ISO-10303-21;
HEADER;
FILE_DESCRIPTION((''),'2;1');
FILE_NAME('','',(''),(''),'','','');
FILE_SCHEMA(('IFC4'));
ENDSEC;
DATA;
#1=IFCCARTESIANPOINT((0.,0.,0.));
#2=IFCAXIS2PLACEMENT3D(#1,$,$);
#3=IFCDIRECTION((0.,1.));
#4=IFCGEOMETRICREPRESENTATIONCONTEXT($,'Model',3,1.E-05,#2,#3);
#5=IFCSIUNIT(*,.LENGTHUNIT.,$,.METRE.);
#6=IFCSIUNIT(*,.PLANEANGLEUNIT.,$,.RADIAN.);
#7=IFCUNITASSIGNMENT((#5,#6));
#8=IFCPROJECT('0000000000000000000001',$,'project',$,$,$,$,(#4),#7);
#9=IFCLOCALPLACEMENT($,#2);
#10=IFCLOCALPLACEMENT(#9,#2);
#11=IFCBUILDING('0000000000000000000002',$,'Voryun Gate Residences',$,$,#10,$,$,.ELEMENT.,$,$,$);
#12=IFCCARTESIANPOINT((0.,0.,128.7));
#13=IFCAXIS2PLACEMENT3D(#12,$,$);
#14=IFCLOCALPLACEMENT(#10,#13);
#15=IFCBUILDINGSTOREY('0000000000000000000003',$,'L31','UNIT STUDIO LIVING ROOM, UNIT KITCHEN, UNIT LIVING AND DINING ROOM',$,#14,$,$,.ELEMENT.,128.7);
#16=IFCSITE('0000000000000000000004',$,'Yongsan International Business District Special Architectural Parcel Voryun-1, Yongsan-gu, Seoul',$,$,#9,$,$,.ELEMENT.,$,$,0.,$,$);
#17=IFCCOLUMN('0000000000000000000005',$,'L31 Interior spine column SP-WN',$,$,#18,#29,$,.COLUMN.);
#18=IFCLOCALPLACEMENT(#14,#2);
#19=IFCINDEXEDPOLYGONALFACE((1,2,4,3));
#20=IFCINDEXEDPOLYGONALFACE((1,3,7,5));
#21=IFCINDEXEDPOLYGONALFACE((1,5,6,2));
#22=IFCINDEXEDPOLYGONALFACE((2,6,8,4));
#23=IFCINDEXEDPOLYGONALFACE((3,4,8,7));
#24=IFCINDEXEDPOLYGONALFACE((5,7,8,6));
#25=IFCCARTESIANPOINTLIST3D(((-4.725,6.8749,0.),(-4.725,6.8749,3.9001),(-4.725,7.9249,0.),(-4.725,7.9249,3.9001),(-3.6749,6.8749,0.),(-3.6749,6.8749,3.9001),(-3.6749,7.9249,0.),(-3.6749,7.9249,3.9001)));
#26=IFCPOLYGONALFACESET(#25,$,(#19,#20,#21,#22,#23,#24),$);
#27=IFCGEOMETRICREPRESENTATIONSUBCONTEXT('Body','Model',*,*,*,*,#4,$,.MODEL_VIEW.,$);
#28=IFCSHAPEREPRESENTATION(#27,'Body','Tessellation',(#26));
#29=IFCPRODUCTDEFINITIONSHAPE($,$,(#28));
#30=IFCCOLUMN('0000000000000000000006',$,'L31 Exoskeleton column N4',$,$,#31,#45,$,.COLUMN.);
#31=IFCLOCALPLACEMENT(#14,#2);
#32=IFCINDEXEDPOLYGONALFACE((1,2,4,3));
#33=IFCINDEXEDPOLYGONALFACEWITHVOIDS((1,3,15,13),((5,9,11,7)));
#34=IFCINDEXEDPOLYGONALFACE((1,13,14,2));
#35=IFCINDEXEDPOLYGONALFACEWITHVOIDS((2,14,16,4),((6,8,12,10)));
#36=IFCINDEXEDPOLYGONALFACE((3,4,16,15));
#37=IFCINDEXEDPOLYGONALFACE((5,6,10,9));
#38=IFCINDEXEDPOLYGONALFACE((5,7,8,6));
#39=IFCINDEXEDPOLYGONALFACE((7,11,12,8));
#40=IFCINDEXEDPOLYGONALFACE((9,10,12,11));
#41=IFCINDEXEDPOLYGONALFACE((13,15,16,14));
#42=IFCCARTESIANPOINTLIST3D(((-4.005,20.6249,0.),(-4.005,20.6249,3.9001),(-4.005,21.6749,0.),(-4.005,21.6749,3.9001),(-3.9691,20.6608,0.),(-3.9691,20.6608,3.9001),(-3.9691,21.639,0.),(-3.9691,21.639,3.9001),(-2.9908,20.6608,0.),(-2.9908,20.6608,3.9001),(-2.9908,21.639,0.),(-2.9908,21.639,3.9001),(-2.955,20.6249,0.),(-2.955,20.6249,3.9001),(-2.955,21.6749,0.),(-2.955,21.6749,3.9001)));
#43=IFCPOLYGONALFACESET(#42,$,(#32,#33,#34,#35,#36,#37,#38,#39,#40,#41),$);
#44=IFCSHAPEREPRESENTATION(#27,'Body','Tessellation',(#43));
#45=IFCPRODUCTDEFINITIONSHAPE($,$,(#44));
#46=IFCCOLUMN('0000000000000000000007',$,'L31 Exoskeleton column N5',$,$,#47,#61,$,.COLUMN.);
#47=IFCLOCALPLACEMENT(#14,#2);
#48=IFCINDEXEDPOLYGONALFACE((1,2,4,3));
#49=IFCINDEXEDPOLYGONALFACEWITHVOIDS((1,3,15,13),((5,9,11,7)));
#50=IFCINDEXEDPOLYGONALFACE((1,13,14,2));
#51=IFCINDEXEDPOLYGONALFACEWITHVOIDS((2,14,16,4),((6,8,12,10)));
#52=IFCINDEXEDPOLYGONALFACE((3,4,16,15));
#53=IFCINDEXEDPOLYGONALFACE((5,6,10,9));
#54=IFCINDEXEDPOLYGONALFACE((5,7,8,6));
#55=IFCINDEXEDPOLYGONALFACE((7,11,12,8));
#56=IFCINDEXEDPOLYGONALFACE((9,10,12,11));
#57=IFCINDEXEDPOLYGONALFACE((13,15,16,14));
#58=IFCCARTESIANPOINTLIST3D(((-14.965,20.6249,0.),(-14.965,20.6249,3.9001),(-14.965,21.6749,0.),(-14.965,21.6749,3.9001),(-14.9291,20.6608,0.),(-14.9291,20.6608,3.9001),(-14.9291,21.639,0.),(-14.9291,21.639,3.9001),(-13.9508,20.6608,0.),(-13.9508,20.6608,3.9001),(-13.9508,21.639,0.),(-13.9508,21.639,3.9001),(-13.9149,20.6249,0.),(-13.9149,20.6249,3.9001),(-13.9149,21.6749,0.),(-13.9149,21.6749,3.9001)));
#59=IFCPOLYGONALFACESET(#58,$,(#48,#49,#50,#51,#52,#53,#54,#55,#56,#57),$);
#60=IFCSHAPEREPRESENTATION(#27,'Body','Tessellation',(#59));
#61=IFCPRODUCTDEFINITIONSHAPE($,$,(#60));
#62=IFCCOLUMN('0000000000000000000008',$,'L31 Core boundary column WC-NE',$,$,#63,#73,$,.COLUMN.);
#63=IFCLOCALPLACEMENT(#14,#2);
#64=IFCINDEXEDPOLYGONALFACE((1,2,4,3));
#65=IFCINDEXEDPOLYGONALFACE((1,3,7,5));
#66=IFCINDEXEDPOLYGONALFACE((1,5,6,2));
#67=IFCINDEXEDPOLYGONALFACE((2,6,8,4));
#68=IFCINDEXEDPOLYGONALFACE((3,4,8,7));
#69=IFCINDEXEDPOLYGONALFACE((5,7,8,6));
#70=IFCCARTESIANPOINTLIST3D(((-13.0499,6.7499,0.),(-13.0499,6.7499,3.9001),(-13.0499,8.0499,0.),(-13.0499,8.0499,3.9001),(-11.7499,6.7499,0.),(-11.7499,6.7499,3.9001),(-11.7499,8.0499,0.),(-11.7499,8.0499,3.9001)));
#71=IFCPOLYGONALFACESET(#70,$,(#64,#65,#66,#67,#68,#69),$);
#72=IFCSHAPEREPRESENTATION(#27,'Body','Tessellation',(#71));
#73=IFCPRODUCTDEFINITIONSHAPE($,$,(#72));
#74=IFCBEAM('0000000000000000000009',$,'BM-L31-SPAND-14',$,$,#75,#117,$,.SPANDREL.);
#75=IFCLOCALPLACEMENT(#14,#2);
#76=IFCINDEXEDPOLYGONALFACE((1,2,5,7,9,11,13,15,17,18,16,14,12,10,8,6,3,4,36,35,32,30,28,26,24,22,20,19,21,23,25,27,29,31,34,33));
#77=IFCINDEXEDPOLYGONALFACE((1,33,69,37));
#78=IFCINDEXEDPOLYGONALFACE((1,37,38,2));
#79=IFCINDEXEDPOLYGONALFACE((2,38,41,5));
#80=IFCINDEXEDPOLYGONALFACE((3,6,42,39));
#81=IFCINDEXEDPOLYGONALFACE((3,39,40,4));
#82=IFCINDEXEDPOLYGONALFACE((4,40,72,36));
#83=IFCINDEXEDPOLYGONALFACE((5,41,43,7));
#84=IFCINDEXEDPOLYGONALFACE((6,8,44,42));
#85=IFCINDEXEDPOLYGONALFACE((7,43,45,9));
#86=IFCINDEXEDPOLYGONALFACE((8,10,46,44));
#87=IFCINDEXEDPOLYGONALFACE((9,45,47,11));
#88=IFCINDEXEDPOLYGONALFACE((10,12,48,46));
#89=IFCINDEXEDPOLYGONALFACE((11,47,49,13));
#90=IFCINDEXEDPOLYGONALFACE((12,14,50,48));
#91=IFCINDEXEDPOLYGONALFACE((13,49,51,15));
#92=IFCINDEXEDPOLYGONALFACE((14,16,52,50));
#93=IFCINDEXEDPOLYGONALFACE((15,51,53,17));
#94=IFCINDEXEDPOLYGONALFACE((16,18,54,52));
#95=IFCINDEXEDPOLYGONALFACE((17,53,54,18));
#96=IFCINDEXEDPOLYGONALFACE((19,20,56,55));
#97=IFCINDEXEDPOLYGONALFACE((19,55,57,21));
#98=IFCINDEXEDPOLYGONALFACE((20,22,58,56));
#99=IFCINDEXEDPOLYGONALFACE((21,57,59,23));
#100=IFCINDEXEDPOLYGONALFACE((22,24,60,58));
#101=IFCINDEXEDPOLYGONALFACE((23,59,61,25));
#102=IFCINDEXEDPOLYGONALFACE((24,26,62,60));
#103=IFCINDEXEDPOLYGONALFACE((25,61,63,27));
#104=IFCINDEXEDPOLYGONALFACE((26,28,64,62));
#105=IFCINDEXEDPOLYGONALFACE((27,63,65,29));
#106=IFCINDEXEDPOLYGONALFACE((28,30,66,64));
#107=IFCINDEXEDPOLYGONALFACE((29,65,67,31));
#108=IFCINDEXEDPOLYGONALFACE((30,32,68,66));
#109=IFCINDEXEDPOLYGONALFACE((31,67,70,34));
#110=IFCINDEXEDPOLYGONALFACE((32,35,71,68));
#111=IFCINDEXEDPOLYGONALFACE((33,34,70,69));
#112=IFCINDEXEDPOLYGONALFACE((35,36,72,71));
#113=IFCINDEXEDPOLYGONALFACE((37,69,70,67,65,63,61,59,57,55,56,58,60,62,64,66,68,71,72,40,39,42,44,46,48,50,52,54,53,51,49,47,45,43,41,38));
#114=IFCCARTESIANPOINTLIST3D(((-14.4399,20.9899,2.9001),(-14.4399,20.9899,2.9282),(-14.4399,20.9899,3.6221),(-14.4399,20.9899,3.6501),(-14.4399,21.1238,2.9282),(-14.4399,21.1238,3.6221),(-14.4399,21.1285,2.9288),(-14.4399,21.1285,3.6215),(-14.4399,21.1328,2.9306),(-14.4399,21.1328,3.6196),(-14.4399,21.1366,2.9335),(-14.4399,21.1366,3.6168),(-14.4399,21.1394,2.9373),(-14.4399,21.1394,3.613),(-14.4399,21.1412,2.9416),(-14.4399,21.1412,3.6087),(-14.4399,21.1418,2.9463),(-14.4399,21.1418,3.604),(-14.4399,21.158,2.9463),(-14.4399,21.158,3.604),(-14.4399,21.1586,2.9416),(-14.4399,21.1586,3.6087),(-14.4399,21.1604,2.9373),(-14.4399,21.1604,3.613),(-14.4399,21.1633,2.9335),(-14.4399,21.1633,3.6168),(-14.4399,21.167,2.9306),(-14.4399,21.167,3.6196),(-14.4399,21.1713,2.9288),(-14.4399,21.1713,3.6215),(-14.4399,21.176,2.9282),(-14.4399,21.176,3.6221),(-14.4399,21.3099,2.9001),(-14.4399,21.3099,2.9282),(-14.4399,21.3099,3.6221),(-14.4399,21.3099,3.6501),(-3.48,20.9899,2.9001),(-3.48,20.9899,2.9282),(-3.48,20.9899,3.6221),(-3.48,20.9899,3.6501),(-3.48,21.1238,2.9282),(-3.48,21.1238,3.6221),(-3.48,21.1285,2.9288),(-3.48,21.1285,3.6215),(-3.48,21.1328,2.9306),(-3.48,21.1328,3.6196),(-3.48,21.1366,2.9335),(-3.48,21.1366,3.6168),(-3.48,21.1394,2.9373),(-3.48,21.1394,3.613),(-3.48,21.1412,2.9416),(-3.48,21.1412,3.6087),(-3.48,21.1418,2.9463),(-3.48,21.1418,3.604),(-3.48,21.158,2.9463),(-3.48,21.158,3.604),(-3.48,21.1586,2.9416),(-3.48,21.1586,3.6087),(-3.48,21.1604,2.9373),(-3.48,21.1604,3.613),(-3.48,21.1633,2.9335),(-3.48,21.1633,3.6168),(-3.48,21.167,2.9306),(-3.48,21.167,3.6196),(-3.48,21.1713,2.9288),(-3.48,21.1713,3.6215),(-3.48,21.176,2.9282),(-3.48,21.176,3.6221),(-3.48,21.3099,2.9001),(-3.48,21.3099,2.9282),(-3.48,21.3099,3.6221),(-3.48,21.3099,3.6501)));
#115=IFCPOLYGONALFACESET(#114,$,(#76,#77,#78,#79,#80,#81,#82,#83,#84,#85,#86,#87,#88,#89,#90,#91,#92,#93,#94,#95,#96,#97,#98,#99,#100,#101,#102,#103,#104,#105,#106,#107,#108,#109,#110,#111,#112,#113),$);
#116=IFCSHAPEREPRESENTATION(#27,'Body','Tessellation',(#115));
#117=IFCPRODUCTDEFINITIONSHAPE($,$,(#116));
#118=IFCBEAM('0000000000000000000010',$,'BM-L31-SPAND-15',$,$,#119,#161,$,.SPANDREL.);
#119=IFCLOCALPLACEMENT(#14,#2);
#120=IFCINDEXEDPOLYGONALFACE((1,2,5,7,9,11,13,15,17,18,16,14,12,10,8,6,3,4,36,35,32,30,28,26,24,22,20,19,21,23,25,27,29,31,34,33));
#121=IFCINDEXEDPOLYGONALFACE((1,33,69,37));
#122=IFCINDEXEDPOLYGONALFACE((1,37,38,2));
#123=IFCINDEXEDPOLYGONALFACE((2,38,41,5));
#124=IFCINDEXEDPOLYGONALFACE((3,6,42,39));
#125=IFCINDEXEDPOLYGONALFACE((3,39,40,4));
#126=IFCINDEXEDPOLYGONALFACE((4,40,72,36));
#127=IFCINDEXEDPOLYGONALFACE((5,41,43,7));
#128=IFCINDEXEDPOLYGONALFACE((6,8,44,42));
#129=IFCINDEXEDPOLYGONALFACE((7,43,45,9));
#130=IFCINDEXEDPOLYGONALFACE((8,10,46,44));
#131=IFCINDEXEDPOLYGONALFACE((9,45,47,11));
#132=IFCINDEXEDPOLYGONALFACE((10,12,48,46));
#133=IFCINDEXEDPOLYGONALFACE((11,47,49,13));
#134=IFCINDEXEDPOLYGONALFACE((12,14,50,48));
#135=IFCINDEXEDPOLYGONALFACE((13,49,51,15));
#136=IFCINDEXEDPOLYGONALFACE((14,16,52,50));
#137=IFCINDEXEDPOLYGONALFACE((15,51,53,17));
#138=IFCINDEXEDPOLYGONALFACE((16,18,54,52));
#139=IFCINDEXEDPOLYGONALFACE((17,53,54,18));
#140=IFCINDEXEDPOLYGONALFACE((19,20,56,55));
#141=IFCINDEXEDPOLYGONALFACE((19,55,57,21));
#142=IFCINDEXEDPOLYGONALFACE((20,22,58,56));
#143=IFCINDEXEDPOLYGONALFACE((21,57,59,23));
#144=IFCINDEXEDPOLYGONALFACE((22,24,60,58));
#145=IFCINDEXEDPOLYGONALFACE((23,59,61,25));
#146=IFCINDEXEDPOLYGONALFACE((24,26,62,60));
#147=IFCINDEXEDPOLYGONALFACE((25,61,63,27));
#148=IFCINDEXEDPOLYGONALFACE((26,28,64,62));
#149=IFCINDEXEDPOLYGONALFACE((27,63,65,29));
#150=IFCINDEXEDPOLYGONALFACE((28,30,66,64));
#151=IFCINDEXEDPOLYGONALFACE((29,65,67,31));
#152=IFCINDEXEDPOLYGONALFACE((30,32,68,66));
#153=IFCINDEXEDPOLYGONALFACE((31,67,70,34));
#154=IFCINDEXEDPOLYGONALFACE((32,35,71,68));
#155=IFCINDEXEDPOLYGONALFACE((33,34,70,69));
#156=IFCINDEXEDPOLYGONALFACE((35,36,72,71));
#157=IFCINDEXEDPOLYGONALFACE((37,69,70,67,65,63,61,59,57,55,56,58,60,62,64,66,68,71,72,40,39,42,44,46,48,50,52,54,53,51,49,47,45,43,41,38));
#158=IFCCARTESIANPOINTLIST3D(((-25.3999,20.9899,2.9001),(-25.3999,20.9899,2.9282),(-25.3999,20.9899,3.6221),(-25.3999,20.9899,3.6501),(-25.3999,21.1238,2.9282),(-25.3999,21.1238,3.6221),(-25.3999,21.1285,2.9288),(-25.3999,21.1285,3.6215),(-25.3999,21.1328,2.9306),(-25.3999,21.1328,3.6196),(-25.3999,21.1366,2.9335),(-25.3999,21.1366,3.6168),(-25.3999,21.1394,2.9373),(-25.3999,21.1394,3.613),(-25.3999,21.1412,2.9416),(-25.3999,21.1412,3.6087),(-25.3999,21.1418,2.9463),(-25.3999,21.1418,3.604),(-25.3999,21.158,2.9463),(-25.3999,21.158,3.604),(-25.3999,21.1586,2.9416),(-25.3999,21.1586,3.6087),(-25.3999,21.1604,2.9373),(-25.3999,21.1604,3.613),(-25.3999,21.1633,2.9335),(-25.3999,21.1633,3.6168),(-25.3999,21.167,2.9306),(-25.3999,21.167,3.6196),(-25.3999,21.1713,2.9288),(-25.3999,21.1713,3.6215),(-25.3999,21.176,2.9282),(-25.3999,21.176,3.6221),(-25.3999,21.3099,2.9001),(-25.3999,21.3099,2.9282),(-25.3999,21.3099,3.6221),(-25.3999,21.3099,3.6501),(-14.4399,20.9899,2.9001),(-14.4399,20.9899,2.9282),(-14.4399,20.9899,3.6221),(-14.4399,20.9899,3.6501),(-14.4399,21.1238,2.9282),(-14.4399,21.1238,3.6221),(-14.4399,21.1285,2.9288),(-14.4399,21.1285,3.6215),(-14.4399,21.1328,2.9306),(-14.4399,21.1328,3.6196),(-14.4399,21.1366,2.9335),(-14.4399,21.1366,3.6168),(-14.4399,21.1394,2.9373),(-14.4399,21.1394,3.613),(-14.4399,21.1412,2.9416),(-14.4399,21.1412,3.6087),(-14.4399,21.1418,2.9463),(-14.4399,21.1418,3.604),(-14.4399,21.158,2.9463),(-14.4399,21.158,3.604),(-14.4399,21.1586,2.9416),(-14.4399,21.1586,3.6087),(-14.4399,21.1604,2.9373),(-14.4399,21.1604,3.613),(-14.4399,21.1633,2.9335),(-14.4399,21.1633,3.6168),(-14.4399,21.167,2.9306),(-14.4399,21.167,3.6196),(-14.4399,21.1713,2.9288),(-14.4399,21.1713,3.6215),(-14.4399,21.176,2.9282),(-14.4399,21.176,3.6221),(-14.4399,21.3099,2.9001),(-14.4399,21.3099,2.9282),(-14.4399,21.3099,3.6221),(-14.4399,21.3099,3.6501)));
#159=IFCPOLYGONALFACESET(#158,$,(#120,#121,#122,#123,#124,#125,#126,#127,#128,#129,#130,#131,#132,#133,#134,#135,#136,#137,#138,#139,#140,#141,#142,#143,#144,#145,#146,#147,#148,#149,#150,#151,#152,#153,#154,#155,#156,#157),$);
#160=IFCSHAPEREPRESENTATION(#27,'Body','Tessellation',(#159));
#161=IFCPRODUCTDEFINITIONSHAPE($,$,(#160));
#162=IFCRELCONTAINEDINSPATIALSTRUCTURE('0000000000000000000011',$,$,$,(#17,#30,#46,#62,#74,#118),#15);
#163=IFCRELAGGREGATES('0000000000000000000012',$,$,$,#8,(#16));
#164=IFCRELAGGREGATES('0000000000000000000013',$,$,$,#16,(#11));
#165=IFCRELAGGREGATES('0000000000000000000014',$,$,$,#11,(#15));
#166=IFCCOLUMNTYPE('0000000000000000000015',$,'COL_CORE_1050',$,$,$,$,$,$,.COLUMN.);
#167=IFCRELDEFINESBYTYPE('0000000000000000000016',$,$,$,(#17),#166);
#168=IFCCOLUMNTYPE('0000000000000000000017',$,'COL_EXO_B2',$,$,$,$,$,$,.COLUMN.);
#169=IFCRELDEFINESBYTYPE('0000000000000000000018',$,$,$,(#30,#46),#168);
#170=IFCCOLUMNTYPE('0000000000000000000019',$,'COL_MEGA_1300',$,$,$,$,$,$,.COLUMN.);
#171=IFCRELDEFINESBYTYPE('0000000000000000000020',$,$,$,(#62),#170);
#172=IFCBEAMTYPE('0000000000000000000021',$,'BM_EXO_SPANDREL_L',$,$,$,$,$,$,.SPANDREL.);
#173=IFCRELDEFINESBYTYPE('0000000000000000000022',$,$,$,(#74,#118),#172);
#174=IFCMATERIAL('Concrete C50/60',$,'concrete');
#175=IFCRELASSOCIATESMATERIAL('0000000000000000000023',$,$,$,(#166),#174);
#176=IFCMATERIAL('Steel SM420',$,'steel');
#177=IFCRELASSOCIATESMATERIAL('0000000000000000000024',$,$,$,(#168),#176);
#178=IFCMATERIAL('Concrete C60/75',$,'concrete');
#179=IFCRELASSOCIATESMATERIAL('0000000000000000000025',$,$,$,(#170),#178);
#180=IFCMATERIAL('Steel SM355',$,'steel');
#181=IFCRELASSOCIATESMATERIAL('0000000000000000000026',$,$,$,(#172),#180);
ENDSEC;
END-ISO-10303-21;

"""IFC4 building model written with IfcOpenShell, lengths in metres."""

from ifc_helpers import new_model, si_unit, direction, frame, origin, origin_2d, place, context, subcontext, project, spatial, rectangle, hollow_rectangle, i_section, extrude, material, material_profile, profile_set, type_object, element, save


model = new_model("IFC4")

# Units and contexts
model_context = context("Model", 3, precision=1e-05, world=origin(), true_north=direction((0.0, 1.0)))
body_context = subcontext(model_context, "Body", "Model", "MODEL_VIEW")
ifc_project = project(units=[si_unit("LENGTHUNIT", "METRE"), si_unit("PLANEANGLEUNIT", "RADIAN")], contexts=[model_context])

# Site, building, storey
site_placement = place(None, origin())
site = spatial("IfcSite", under=ifc_project, at=site_placement, Name="Yongsan International Business District Special Architectural Parcel Voryun-1, Yongsan-gu, Seoul", CompositionType="ELEMENT", RefElevation=0.0)
building_placement = place(site_placement, origin())
building = spatial("IfcBuilding", under=site, at=building_placement, Name="Voryun Gate Residences", CompositionType="ELEMENT")
storey_placement = place(building_placement, frame((0.0, 0.0, 128.7)))
storey = spatial("IfcBuildingStorey", under=building, at=storey_placement, Name="L31", Description="UNIT STUDIO LIVING ROOM, UNIT KITCHEN, UNIT LIVING AND DINING ROOM", CompositionType="ELEMENT", Elevation=128.7)

# Columns
ifc_material_1 = material(Name="Concrete C50/60", Category="concrete")
ifc_material_profile_1 = material_profile(ifc_material_1, rectangle(XDim=1.05, YDim=1.05, at=origin_2d()), Name="RC-1050x1050")
ifc_profile_set_1 = profile_set([ifc_material_profile_1], Name="Concrete C50/60")
column_type_1 = type_object("IfcColumnType", Name="COL_CORE_1050", PredefinedType="COLUMN", material=ifc_profile_set_1)
column_1_placement = place(storey_placement, frame((-4.2, 7.3999, 0.0), z_axis=(0.0, 0.0, 1.0), x_axis=(1.0, 0.0, 0.0)))
element("IfcColumn", 1, at=column_1_placement, inside=storey, type_object=column_type_1, Name="L31 Interior spine column SP-WN", PredefinedType="COLUMN", context=body_context, shape_type="SweptSolid", body=[
    extrude(rectangle(XDim=1.05, YDim=1.05, at=origin_2d()), origin(), (0.0, 0.0, 1.0), 3.9001),
])
ifc_material_2 = material(Name="Steel SM420", Category="steel")
ifc_material_profile_2 = material_profile(ifc_material_2, hollow_rectangle(XDim=1.05, YDim=1.05, WallThickness=0.0359, at=origin_2d()), Name="BOX-1050x1050x36")
ifc_profile_set_2 = profile_set([ifc_material_profile_2], Name="Steel SM420")
column_type_2 = type_object("IfcColumnType", Name="COL_EXO_B2", PredefinedType="COLUMN", material=ifc_profile_set_2)
for number, where, z_axis, x_axis, name in (
    (2, (-3.48, 21.1499, 0.0), (0.0, 0.0, 1.0), (1.0, 0.0, 0.0), "L31 Exoskeleton column N4"),
    (3, (-14.4399, 21.1499, 0.0), (0.0, 0.0, 1.0), (1.0, 0.0, 0.0), "L31 Exoskeleton column N5"),
):
    element("IfcColumn", number, at=place(storey_placement, frame(where, z_axis=z_axis, x_axis=x_axis)), inside=storey, type_object=column_type_2, Name=name, PredefinedType="COLUMN", context=body_context, shape_type="SweptSolid", body=[
        extrude(hollow_rectangle(XDim=1.05, YDim=1.05, WallThickness=0.0359, at=origin_2d()), origin(), (0.0, 0.0, 1.0), 3.9001),
    ])
ifc_material_3 = material(Name="Concrete C60/75", Category="concrete")
ifc_material_profile_3 = material_profile(ifc_material_3, rectangle(XDim=1.3, YDim=1.3, at=origin_2d()), Name="RC-1300x1300")
ifc_profile_set_3 = profile_set([ifc_material_profile_3], Name="Concrete C60/75")
column_type_3 = type_object("IfcColumnType", Name="COL_MEGA_1300", PredefinedType="COLUMN", material=ifc_profile_set_3)
column_2_placement = place(storey_placement, frame((-12.3999, 7.3999, 0.0), z_axis=(0.0, 0.0, 1.0), x_axis=(1.0, 0.0, 0.0)))
element("IfcColumn", 4, at=column_2_placement, inside=storey, type_object=column_type_3, Name="L31 Core boundary column WC-NE", PredefinedType="COLUMN", context=body_context, shape_type="SweptSolid", body=[
    extrude(rectangle(XDim=1.3, YDim=1.3, at=origin_2d()), origin(), (0.0, 0.0, 1.0), 3.9001),
])

# Beams
ifc_material_4 = material(Name="Steel SM355", Category="steel")
ifc_material_profile_4 = material_profile(ifc_material_4, i_section(OverallWidth=0.3201, OverallDepth=0.75, WebThickness=0.0161, FlangeThickness=0.0281, FilletRadius=0.0181, at=origin_2d()), Name="H-750x320x16x28")
ifc_profile_set_4 = profile_set([ifc_material_profile_4], Name="Steel SM355")
beam_type_1 = type_object("IfcBeamType", Name="BM_EXO_SPANDREL_L", PredefinedType="SPANDREL", material=ifc_profile_set_4)
for number, where, z_axis, x_axis, name in (
    (5, (-3.48, 21.1499, 3.2751), (-1.0, 0.0, 0.0), (0.0, -1.0, 0.0), "BM-L31-SPAND-14"),
    (6, (-14.4399, 21.1499, 3.2751), (-1.0, 0.0, 0.0), (0.0, -1.0, 0.0), "BM-L31-SPAND-15"),
):
    element("IfcBeam", number, at=place(storey_placement, frame(where, z_axis=z_axis, x_axis=x_axis)), inside=storey, type_object=beam_type_1, Name=name, PredefinedType="SPANDREL", context=body_context, shape_type="SweptSolid", body=[
        extrude(i_section(OverallWidth=0.3201, OverallDepth=0.75, WebThickness=0.0161, FlangeThickness=0.0281, FilletRadius=0.0181, at=origin_2d()), origin(), (0.0, 0.0, 1.0), 10.96),
    ])

save(model, "model.ifc")
